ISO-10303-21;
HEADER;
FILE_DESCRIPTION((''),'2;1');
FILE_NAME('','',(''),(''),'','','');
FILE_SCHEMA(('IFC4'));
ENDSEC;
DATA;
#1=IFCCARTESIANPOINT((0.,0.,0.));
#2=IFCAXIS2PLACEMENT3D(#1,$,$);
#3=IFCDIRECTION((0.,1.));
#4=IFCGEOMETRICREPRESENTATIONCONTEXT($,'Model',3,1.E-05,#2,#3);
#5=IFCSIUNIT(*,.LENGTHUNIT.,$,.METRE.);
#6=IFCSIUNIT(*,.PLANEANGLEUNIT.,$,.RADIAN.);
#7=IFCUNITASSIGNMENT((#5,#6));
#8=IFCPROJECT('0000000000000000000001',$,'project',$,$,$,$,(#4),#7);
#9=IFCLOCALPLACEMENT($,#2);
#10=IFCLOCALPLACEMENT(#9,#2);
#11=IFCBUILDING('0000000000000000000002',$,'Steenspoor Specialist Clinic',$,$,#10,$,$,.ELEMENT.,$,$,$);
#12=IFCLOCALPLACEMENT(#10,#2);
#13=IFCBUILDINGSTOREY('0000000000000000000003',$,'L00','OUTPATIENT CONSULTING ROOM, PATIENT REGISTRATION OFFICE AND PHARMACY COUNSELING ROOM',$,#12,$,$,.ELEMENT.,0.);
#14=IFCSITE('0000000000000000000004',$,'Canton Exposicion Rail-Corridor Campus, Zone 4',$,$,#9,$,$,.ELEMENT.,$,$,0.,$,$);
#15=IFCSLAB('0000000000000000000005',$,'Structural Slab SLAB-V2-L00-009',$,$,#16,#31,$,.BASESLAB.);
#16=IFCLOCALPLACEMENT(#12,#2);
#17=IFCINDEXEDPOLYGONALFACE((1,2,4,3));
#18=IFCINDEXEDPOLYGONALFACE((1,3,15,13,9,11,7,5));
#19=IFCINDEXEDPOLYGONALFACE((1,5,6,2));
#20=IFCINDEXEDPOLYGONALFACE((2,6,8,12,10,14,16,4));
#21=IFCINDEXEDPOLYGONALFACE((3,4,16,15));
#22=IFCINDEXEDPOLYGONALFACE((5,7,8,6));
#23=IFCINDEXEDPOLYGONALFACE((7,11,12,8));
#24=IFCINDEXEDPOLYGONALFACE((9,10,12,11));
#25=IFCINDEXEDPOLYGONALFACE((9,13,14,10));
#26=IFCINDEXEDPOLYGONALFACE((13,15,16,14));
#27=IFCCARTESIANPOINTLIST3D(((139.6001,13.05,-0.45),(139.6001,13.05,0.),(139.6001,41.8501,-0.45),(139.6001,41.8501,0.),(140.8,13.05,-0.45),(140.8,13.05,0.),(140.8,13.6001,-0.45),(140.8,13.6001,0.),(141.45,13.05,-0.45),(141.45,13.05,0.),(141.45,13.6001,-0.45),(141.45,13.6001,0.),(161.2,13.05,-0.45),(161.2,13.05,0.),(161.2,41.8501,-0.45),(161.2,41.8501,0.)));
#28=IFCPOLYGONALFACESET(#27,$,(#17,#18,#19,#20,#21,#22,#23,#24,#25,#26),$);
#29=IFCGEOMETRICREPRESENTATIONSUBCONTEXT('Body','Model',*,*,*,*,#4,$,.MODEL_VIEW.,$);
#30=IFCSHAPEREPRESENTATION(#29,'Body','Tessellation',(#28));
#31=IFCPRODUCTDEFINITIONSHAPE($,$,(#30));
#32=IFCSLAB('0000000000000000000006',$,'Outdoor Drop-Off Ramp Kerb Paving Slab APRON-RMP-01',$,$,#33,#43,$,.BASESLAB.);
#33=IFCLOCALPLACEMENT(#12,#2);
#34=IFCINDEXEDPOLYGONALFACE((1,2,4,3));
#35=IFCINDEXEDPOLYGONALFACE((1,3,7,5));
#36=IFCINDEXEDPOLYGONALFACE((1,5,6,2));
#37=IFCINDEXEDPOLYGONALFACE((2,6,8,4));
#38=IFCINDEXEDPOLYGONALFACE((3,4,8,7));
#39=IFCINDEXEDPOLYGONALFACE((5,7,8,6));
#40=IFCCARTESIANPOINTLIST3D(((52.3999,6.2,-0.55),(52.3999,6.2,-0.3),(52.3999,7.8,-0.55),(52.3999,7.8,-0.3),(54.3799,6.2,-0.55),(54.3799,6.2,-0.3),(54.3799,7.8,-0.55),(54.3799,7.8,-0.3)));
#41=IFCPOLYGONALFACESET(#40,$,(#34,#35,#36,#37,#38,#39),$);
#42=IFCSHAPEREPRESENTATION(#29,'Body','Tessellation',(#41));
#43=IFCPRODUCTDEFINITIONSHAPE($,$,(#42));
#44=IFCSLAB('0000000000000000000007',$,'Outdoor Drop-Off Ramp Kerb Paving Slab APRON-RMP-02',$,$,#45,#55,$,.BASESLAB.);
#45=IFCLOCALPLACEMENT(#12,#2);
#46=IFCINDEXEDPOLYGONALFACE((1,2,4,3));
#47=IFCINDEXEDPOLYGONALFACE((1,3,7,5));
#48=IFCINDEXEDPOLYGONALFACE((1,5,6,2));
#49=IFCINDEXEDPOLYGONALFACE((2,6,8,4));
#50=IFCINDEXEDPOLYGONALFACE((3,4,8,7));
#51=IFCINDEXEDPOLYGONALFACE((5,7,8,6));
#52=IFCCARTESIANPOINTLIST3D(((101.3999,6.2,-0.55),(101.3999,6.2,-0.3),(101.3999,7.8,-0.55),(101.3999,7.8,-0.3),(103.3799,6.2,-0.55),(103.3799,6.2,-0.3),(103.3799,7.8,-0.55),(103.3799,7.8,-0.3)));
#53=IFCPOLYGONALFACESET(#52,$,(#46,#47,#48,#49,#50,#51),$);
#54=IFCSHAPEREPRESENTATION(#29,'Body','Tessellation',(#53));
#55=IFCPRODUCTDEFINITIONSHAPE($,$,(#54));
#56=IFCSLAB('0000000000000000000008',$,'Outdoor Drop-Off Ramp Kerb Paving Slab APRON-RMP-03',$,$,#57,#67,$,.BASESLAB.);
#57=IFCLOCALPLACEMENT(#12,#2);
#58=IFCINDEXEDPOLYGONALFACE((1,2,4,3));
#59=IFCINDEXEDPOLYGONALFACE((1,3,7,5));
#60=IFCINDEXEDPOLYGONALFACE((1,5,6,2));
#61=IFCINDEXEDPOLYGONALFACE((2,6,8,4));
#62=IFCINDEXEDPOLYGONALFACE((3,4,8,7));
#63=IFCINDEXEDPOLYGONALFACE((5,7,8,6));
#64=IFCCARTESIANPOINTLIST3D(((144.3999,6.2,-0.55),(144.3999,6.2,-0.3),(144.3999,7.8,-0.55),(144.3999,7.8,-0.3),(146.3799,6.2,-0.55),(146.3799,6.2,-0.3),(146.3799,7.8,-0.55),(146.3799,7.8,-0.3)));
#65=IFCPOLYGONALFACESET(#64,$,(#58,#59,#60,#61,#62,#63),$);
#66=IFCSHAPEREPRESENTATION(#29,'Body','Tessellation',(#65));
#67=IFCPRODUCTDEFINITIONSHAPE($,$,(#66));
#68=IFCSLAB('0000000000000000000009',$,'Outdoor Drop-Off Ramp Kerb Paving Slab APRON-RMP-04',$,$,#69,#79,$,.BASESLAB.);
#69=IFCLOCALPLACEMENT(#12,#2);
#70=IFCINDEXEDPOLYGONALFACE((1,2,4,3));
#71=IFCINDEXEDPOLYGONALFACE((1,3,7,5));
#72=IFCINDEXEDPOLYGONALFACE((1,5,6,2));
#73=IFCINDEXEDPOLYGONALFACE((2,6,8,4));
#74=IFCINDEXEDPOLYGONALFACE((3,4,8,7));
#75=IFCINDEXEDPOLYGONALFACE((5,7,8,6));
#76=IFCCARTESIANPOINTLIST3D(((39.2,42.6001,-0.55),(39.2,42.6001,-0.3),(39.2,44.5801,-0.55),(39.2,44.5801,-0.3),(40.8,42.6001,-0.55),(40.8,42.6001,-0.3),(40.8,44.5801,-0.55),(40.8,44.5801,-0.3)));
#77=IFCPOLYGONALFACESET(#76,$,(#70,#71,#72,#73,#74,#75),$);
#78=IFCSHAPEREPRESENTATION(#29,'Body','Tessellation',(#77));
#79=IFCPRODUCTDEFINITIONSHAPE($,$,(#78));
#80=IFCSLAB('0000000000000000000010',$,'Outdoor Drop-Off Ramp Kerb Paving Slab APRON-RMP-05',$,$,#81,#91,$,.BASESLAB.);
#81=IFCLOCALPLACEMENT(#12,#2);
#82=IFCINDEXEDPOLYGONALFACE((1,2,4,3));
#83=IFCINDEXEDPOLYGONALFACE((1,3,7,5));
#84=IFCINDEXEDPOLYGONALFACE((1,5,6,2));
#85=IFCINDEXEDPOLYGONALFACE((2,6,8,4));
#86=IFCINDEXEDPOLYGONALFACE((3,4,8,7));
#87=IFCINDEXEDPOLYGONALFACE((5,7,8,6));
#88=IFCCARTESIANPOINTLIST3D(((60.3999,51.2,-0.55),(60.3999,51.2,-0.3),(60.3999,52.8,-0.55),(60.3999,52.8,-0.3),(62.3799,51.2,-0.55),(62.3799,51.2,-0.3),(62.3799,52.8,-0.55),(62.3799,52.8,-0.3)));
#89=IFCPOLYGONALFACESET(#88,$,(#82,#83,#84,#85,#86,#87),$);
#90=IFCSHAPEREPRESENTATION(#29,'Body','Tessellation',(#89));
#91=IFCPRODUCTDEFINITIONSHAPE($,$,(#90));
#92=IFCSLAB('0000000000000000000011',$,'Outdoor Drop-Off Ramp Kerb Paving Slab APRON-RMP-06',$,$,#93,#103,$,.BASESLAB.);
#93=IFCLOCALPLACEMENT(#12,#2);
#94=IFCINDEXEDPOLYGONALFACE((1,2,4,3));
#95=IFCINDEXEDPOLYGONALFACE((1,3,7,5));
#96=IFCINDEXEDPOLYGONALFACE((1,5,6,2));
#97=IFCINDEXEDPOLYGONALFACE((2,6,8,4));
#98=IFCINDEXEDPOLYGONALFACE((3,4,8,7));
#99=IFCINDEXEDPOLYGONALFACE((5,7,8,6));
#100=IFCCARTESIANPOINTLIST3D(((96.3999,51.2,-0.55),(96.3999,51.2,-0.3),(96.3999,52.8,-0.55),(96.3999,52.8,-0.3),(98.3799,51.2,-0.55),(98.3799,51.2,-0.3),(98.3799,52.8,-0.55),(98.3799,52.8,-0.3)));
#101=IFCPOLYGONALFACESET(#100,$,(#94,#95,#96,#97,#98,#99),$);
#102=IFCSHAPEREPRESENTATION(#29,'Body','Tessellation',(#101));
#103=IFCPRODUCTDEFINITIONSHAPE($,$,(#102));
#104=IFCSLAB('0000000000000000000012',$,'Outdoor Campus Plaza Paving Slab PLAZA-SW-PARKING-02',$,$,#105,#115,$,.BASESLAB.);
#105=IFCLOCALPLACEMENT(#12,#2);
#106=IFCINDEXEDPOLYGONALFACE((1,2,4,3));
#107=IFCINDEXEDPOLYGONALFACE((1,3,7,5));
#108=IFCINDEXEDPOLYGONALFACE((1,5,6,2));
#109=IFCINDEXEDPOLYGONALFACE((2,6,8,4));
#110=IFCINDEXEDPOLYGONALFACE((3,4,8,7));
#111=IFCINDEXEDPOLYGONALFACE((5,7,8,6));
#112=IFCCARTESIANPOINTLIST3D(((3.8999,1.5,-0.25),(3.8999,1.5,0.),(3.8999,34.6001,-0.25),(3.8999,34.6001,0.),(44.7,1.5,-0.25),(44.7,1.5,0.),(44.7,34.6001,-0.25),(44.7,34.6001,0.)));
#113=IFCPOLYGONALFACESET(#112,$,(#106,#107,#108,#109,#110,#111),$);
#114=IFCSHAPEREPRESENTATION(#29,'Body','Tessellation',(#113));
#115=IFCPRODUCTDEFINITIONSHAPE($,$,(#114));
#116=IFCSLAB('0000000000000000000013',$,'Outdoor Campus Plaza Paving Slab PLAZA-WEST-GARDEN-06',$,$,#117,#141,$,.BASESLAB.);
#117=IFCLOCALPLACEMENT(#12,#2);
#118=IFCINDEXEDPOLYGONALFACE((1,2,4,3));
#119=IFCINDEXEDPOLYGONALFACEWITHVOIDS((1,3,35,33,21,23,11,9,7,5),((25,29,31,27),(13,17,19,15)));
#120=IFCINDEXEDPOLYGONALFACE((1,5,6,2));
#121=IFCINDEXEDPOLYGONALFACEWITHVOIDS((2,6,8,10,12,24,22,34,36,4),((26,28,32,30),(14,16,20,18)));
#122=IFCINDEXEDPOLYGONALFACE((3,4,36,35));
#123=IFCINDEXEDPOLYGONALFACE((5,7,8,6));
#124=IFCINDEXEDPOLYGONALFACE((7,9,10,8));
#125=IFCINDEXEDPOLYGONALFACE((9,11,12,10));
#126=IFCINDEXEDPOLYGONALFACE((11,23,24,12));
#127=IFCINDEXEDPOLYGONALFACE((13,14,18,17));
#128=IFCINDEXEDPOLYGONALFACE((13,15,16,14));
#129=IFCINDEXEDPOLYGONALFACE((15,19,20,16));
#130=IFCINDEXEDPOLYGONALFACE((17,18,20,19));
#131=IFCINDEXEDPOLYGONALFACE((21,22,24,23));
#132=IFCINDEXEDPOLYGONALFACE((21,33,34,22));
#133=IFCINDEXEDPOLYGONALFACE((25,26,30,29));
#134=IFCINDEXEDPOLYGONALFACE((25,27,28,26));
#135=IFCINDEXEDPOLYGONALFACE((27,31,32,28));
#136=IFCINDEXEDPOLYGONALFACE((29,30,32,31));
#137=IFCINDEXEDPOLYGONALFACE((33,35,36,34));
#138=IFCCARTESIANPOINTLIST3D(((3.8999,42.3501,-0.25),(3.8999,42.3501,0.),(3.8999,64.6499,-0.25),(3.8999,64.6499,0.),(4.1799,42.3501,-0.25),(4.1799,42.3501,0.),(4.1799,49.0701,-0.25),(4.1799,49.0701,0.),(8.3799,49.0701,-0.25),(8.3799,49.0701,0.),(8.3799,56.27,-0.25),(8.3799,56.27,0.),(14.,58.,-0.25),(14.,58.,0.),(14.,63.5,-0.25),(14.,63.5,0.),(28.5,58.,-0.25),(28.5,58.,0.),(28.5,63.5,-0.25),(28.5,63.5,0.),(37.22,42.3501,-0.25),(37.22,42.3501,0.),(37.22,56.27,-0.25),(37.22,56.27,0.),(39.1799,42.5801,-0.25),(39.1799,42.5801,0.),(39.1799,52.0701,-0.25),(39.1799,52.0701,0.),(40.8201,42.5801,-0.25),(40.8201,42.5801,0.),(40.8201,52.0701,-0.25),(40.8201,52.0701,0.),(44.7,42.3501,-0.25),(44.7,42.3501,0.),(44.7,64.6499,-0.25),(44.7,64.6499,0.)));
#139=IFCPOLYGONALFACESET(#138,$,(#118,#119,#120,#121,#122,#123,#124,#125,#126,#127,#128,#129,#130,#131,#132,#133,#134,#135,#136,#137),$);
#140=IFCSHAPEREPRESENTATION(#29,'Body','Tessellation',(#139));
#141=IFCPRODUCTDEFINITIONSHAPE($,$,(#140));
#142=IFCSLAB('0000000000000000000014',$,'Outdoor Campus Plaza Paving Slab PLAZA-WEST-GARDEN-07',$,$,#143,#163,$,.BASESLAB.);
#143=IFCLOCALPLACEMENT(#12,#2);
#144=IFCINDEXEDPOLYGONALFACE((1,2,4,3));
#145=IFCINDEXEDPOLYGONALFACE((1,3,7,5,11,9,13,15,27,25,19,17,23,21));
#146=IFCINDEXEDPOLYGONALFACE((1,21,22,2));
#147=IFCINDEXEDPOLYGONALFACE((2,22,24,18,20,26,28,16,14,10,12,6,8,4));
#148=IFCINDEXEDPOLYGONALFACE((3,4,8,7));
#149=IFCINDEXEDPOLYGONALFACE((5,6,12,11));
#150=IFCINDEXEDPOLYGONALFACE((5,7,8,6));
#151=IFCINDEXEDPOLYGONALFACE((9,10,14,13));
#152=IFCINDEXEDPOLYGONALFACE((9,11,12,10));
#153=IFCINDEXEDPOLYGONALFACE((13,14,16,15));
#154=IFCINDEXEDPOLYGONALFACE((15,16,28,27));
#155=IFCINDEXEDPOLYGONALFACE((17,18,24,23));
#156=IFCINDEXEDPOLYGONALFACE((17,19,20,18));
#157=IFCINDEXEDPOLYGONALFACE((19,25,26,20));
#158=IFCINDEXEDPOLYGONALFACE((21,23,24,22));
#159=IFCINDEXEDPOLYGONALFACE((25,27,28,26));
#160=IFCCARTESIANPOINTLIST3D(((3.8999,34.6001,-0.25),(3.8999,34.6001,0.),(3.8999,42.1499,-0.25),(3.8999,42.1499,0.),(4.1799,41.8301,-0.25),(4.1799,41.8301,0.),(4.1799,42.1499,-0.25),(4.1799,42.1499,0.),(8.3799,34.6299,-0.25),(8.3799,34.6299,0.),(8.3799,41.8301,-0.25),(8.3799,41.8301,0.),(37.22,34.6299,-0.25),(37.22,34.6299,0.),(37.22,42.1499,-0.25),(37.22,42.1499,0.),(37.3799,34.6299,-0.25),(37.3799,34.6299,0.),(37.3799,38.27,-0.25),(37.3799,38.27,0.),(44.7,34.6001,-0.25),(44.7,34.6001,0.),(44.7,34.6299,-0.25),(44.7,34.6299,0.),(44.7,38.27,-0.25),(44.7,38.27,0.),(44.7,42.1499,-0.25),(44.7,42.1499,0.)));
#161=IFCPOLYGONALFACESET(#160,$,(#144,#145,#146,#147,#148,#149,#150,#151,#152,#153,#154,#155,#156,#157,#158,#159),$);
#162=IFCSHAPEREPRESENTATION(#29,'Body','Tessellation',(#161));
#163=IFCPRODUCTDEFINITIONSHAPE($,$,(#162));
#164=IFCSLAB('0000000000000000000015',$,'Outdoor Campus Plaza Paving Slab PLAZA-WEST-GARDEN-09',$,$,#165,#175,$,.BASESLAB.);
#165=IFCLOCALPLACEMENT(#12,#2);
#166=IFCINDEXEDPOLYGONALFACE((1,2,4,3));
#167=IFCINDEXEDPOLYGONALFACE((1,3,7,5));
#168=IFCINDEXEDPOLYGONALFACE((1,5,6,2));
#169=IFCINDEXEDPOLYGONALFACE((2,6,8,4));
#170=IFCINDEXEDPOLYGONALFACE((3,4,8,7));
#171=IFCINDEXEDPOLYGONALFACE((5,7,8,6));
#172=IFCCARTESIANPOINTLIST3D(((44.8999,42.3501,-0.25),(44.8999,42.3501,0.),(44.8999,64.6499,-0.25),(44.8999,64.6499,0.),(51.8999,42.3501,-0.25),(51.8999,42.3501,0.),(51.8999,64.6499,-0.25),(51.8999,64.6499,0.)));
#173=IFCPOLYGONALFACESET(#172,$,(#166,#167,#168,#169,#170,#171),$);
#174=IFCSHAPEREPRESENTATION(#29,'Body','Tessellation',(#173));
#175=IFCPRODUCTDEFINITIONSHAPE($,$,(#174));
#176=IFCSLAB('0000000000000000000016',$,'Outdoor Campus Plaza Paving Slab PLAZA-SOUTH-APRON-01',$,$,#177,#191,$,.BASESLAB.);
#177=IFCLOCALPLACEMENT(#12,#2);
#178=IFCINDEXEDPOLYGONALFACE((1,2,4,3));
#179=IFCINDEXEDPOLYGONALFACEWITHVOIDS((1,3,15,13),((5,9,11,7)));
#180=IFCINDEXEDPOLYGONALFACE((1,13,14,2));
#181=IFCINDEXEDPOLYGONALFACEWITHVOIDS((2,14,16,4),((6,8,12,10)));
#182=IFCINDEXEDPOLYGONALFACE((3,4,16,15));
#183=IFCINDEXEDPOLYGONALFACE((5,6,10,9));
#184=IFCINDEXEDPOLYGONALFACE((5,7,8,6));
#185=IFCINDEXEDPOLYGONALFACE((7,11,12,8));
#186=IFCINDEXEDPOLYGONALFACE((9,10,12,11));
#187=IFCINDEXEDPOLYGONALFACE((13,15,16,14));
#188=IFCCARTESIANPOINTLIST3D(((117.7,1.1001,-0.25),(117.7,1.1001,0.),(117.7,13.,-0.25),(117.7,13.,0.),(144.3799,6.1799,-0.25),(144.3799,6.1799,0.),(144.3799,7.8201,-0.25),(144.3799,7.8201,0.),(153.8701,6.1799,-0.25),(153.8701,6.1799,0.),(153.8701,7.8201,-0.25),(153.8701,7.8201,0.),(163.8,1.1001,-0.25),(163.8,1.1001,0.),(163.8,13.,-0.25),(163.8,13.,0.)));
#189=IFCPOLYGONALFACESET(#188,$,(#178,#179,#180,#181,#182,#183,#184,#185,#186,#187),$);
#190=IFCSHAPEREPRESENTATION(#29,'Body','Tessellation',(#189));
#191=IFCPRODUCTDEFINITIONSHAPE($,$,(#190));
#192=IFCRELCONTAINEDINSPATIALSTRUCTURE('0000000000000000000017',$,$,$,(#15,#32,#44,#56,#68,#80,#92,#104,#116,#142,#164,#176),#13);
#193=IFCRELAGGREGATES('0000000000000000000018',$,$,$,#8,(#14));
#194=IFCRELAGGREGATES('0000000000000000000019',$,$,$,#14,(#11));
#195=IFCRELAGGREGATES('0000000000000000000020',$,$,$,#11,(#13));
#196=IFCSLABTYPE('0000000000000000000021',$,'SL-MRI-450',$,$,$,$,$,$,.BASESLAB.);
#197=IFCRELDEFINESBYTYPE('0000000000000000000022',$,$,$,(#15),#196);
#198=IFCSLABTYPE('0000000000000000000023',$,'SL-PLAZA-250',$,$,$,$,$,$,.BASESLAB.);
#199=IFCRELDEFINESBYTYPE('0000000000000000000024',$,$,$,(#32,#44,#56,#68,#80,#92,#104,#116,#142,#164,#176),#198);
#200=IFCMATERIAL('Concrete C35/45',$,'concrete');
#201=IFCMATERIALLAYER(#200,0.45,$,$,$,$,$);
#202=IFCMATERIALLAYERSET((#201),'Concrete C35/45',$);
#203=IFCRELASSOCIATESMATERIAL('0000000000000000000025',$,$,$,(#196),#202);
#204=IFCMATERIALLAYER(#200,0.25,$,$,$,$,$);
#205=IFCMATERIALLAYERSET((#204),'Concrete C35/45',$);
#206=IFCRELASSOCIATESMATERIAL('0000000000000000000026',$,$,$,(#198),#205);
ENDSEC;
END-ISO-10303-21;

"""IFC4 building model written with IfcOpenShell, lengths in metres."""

from ifc_helpers import new_model, si_unit, direction, frame, origin, place, context, subcontext, project, spatial, polyline, outline, extrude, material, layer, layer_set, type_object, element, save


model = new_model("IFC4")

# Units and contexts
model_context = context("Model", 3, precision=1e-05, world=origin(), true_north=direction((0.0, 1.0)))
body_context = subcontext(model_context, "Body", "Model", "MODEL_VIEW")
ifc_project = project(units=[si_unit("LENGTHUNIT", "METRE"), si_unit("PLANEANGLEUNIT", "RADIAN")], contexts=[model_context])

# Site, building, storey
site_placement = place(None, origin())
site = spatial("IfcSite", under=ifc_project, at=site_placement, Name="Canton Exposicion Rail-Corridor Campus, Zone 4", CompositionType="ELEMENT", RefElevation=0.0)
building_placement = place(site_placement, origin())
building = spatial("IfcBuilding", under=site, at=building_placement, Name="Steenspoor Specialist Clinic", CompositionType="ELEMENT")
storey_placement = place(building_placement, origin())
storey = spatial("IfcBuildingStorey", under=building, at=storey_placement, Name="L00", Description="OUTPATIENT CONSULTING ROOM, PATIENT REGISTRATION OFFICE AND PHARMACY COUNSELING ROOM", CompositionType="ELEMENT", Elevation=0.0)

# Slabs
ifc_material = material(Name="Concrete C35/45", Category="concrete")
ifc_layer_1 = layer(ifc_material, 0.45)
ifc_layer_set_1 = layer_set([ifc_layer_1], Name="Concrete C35/45")
slab_type_1 = type_object("IfcSlabType", Name="SL-MRI-450", PredefinedType="BASESLAB", material=ifc_layer_set_1)
slab_1_placement = place(storey_placement, frame((0.0, 0.0, -0.45)))
element("IfcSlab", 1, at=slab_1_placement, inside=storey, type_object=slab_type_1, Name="Structural Slab SLAB-V2-L00-009", PredefinedType="BASESLAB", context=body_context, shape_type="SweptSolid", body=[
    extrude(outline(polyline([(161.2, 13.05), (141.45, 13.05), (141.45, 13.6001), (140.8, 13.6001), (140.8, 13.05), (139.6001, 13.05), (139.6001, 41.8501), (161.2, 41.8501), (161.2, 13.05)])), origin(), (0.0, 0.0, 1.0), 0.45),
])
ifc_layer_2 = layer(ifc_material, 0.25)
ifc_layer_set_2 = layer_set([ifc_layer_2], Name="Concrete C35/45")
slab_type_2 = type_object("IfcSlabType", Name="SL-PLAZA-250", PredefinedType="BASESLAB", material=ifc_layer_set_2)
slab_2_placement = place(storey_placement, frame((0.0, 0.0, -0.55)))
element("IfcSlab", 2, at=slab_2_placement, inside=storey, type_object=slab_type_2, Name="Outdoor Drop-Off Ramp Kerb Paving Slab APRON-RMP-01", PredefinedType="BASESLAB", context=body_context, shape_type="SweptSolid", body=[
    extrude(outline(polyline([(54.3799, 6.2), (54.3799, 7.8), (52.3999, 7.8), (52.3999, 6.2), (54.3799, 6.2)])), origin(), (0.0, 0.0, 1.0), 0.25),
])
slab_3_placement = place(storey_placement, frame((0.0, 0.0, -0.55)))
element("IfcSlab", 3, at=slab_3_placement, inside=storey, type_object=slab_type_2, Name="Outdoor Drop-Off Ramp Kerb Paving Slab APRON-RMP-02", PredefinedType="BASESLAB", context=body_context, shape_type="SweptSolid", body=[
    extrude(outline(polyline([(103.3799, 6.2), (103.3799, 7.8), (101.3999, 7.8), (101.3999, 6.2), (103.3799, 6.2)])), origin(), (0.0, 0.0, 1.0), 0.25),
])
slab_4_placement = place(storey_placement, frame((0.0, 0.0, -0.55)))
element("IfcSlab", 4, at=slab_4_placement, inside=storey, type_object=slab_type_2, Name="Outdoor Drop-Off Ramp Kerb Paving Slab APRON-RMP-03", PredefinedType="BASESLAB", context=body_context, shape_type="SweptSolid", body=[
    extrude(outline(polyline([(146.3799, 6.2), (146.3799, 7.8), (144.3999, 7.8), (144.3999, 6.2), (146.3799, 6.2)])), origin(), (0.0, 0.0, 1.0), 0.25),
])
slab_5_placement = place(storey_placement, frame((0.0, 0.0, -0.55)))
element("IfcSlab", 5, at=slab_5_placement, inside=storey, type_object=slab_type_2, Name="Outdoor Drop-Off Ramp Kerb Paving Slab APRON-RMP-04", PredefinedType="BASESLAB", context=body_context, shape_type="SweptSolid", body=[
    extrude(outline(polyline([(40.8, 42.6001), (40.8, 44.5801), (39.2, 44.5801), (39.2, 42.6001), (40.8, 42.6001)])), origin(), (0.0, 0.0, 1.0), 0.25),
])
slab_6_placement = place(storey_placement, frame((0.0, 0.0, -0.55)))
element("IfcSlab", 6, at=slab_6_placement, inside=storey, type_object=slab_type_2, Name="Outdoor Drop-Off Ramp Kerb Paving Slab APRON-RMP-05", PredefinedType="BASESLAB", context=body_context, shape_type="SweptSolid", body=[
    extrude(outline(polyline([(62.3799, 51.2), (62.3799, 52.8), (60.3999, 52.8), (60.3999, 51.2), (62.3799, 51.2)])), origin(), (0.0, 0.0, 1.0), 0.25),
])
slab_7_placement = place(storey_placement, frame((0.0, 0.0, -0.55)))
element("IfcSlab", 7, at=slab_7_placement, inside=storey, type_object=slab_type_2, Name="Outdoor Drop-Off Ramp Kerb Paving Slab APRON-RMP-06", PredefinedType="BASESLAB", context=body_context, shape_type="SweptSolid", body=[
    extrude(outline(polyline([(98.3799, 51.2), (98.3799, 52.8), (96.3999, 52.8), (96.3999, 51.2), (98.3799, 51.2)])), origin(), (0.0, 0.0, 1.0), 0.25),
])
slab_8_placement = place(storey_placement, frame((0.0, 0.0, -0.25)))
element("IfcSlab", 8, at=slab_8_placement, inside=storey, type_object=slab_type_2, Name="Outdoor Campus Plaza Paving Slab PLAZA-SW-PARKING-02", PredefinedType="BASESLAB", context=body_context, shape_type="SweptSolid", body=[
    extrude(outline(polyline([(3.8999, 1.5), (3.8999, 34.6001), (44.7, 34.6001), (44.7, 1.5), (3.8999, 1.5)])), origin(), (0.0, 0.0, 1.0), 0.25),
])
slab_9_placement = place(storey_placement, frame((0.0, 0.0, -0.25)))
element("IfcSlab", 9, at=slab_9_placement, inside=storey, type_object=slab_type_2, Name="Outdoor Campus Plaza Paving Slab PLAZA-WEST-GARDEN-06", PredefinedType="BASESLAB", context=body_context, shape_type="SweptSolid", body=[
    extrude(outline(polyline([(3.8999, 64.6499), (44.7, 64.6499), (44.7, 42.3501), (37.22, 42.3501), (37.22, 56.27), (8.3799, 56.27), (8.3799, 49.0701), (4.1799, 49.0701), (4.1799, 42.3501), (3.8999, 42.3501), (3.8999, 64.6499)]), holes=[polyline([(40.8201, 42.5801), (40.8201, 52.0701), (39.1799, 52.0701), (39.1799, 42.5801), (40.8201, 42.5801)]), polyline([(28.5, 58.0), (28.5, 63.5), (14.0, 63.5), (14.0, 58.0), (28.5, 58.0)])]), origin(), (0.0, 0.0, 1.0), 0.25),
])
slab_10_placement = place(storey_placement, frame((0.0, 0.0, -0.25)))
element("IfcSlab", 10, at=slab_10_placement, inside=storey, type_object=slab_type_2, Name="Outdoor Campus Plaza Paving Slab PLAZA-WEST-GARDEN-07", PredefinedType="BASESLAB", context=body_context, shape_type="SweptSolid", body=[
    extrude(outline(polyline([(3.8999, 34.6001), (3.8999, 42.1499), (4.1799, 42.1499), (4.1799, 41.8301), (8.3799, 41.8301), (8.3799, 34.6299), (37.22, 34.6299), (37.22, 42.1499), (44.7, 42.1499), (44.7, 38.27), (37.3799, 38.27), (37.3799, 34.6299), (44.7, 34.6299), (44.7, 34.6001), (3.8999, 34.6001)])), origin(), (0.0, 0.0, 1.0), 0.25),
])
slab_11_placement = place(storey_placement, frame((0.0, 0.0, -0.25)))
element("IfcSlab", 11, at=slab_11_placement, inside=storey, type_object=slab_type_2, Name="Outdoor Campus Plaza Paving Slab PLAZA-WEST-GARDEN-09", PredefinedType="BASESLAB", context=body_context, shape_type="SweptSolid", body=[
    extrude(outline(polyline([(51.8999, 42.3501), (44.8999, 42.3501), (44.8999, 64.6499), (51.8999, 64.6499), (51.8999, 42.3501)])), origin(), (0.0, 0.0, 1.0), 0.25),
])
slab_12_placement = place(storey_placement, frame((0.0, 0.0, -0.25)))
element("IfcSlab", 12, at=slab_12_placement, inside=storey, type_object=slab_type_2, Name="Outdoor Campus Plaza Paving Slab PLAZA-SOUTH-APRON-01", PredefinedType="BASESLAB", context=body_context, shape_type="SweptSolid", body=[
    extrude(outline(polyline([(163.8, 13.0), (163.8, 1.1001), (117.7, 1.1001), (117.7, 13.0), (163.8, 13.0)]), holes=[polyline([(153.8701, 6.1799), (153.8701, 7.8201), (144.3799, 7.8201), (144.3799, 6.1799), (153.8701, 6.1799)])]), origin(), (0.0, 0.0, 1.0), 0.25),
])

save(model, "model.ifc")
